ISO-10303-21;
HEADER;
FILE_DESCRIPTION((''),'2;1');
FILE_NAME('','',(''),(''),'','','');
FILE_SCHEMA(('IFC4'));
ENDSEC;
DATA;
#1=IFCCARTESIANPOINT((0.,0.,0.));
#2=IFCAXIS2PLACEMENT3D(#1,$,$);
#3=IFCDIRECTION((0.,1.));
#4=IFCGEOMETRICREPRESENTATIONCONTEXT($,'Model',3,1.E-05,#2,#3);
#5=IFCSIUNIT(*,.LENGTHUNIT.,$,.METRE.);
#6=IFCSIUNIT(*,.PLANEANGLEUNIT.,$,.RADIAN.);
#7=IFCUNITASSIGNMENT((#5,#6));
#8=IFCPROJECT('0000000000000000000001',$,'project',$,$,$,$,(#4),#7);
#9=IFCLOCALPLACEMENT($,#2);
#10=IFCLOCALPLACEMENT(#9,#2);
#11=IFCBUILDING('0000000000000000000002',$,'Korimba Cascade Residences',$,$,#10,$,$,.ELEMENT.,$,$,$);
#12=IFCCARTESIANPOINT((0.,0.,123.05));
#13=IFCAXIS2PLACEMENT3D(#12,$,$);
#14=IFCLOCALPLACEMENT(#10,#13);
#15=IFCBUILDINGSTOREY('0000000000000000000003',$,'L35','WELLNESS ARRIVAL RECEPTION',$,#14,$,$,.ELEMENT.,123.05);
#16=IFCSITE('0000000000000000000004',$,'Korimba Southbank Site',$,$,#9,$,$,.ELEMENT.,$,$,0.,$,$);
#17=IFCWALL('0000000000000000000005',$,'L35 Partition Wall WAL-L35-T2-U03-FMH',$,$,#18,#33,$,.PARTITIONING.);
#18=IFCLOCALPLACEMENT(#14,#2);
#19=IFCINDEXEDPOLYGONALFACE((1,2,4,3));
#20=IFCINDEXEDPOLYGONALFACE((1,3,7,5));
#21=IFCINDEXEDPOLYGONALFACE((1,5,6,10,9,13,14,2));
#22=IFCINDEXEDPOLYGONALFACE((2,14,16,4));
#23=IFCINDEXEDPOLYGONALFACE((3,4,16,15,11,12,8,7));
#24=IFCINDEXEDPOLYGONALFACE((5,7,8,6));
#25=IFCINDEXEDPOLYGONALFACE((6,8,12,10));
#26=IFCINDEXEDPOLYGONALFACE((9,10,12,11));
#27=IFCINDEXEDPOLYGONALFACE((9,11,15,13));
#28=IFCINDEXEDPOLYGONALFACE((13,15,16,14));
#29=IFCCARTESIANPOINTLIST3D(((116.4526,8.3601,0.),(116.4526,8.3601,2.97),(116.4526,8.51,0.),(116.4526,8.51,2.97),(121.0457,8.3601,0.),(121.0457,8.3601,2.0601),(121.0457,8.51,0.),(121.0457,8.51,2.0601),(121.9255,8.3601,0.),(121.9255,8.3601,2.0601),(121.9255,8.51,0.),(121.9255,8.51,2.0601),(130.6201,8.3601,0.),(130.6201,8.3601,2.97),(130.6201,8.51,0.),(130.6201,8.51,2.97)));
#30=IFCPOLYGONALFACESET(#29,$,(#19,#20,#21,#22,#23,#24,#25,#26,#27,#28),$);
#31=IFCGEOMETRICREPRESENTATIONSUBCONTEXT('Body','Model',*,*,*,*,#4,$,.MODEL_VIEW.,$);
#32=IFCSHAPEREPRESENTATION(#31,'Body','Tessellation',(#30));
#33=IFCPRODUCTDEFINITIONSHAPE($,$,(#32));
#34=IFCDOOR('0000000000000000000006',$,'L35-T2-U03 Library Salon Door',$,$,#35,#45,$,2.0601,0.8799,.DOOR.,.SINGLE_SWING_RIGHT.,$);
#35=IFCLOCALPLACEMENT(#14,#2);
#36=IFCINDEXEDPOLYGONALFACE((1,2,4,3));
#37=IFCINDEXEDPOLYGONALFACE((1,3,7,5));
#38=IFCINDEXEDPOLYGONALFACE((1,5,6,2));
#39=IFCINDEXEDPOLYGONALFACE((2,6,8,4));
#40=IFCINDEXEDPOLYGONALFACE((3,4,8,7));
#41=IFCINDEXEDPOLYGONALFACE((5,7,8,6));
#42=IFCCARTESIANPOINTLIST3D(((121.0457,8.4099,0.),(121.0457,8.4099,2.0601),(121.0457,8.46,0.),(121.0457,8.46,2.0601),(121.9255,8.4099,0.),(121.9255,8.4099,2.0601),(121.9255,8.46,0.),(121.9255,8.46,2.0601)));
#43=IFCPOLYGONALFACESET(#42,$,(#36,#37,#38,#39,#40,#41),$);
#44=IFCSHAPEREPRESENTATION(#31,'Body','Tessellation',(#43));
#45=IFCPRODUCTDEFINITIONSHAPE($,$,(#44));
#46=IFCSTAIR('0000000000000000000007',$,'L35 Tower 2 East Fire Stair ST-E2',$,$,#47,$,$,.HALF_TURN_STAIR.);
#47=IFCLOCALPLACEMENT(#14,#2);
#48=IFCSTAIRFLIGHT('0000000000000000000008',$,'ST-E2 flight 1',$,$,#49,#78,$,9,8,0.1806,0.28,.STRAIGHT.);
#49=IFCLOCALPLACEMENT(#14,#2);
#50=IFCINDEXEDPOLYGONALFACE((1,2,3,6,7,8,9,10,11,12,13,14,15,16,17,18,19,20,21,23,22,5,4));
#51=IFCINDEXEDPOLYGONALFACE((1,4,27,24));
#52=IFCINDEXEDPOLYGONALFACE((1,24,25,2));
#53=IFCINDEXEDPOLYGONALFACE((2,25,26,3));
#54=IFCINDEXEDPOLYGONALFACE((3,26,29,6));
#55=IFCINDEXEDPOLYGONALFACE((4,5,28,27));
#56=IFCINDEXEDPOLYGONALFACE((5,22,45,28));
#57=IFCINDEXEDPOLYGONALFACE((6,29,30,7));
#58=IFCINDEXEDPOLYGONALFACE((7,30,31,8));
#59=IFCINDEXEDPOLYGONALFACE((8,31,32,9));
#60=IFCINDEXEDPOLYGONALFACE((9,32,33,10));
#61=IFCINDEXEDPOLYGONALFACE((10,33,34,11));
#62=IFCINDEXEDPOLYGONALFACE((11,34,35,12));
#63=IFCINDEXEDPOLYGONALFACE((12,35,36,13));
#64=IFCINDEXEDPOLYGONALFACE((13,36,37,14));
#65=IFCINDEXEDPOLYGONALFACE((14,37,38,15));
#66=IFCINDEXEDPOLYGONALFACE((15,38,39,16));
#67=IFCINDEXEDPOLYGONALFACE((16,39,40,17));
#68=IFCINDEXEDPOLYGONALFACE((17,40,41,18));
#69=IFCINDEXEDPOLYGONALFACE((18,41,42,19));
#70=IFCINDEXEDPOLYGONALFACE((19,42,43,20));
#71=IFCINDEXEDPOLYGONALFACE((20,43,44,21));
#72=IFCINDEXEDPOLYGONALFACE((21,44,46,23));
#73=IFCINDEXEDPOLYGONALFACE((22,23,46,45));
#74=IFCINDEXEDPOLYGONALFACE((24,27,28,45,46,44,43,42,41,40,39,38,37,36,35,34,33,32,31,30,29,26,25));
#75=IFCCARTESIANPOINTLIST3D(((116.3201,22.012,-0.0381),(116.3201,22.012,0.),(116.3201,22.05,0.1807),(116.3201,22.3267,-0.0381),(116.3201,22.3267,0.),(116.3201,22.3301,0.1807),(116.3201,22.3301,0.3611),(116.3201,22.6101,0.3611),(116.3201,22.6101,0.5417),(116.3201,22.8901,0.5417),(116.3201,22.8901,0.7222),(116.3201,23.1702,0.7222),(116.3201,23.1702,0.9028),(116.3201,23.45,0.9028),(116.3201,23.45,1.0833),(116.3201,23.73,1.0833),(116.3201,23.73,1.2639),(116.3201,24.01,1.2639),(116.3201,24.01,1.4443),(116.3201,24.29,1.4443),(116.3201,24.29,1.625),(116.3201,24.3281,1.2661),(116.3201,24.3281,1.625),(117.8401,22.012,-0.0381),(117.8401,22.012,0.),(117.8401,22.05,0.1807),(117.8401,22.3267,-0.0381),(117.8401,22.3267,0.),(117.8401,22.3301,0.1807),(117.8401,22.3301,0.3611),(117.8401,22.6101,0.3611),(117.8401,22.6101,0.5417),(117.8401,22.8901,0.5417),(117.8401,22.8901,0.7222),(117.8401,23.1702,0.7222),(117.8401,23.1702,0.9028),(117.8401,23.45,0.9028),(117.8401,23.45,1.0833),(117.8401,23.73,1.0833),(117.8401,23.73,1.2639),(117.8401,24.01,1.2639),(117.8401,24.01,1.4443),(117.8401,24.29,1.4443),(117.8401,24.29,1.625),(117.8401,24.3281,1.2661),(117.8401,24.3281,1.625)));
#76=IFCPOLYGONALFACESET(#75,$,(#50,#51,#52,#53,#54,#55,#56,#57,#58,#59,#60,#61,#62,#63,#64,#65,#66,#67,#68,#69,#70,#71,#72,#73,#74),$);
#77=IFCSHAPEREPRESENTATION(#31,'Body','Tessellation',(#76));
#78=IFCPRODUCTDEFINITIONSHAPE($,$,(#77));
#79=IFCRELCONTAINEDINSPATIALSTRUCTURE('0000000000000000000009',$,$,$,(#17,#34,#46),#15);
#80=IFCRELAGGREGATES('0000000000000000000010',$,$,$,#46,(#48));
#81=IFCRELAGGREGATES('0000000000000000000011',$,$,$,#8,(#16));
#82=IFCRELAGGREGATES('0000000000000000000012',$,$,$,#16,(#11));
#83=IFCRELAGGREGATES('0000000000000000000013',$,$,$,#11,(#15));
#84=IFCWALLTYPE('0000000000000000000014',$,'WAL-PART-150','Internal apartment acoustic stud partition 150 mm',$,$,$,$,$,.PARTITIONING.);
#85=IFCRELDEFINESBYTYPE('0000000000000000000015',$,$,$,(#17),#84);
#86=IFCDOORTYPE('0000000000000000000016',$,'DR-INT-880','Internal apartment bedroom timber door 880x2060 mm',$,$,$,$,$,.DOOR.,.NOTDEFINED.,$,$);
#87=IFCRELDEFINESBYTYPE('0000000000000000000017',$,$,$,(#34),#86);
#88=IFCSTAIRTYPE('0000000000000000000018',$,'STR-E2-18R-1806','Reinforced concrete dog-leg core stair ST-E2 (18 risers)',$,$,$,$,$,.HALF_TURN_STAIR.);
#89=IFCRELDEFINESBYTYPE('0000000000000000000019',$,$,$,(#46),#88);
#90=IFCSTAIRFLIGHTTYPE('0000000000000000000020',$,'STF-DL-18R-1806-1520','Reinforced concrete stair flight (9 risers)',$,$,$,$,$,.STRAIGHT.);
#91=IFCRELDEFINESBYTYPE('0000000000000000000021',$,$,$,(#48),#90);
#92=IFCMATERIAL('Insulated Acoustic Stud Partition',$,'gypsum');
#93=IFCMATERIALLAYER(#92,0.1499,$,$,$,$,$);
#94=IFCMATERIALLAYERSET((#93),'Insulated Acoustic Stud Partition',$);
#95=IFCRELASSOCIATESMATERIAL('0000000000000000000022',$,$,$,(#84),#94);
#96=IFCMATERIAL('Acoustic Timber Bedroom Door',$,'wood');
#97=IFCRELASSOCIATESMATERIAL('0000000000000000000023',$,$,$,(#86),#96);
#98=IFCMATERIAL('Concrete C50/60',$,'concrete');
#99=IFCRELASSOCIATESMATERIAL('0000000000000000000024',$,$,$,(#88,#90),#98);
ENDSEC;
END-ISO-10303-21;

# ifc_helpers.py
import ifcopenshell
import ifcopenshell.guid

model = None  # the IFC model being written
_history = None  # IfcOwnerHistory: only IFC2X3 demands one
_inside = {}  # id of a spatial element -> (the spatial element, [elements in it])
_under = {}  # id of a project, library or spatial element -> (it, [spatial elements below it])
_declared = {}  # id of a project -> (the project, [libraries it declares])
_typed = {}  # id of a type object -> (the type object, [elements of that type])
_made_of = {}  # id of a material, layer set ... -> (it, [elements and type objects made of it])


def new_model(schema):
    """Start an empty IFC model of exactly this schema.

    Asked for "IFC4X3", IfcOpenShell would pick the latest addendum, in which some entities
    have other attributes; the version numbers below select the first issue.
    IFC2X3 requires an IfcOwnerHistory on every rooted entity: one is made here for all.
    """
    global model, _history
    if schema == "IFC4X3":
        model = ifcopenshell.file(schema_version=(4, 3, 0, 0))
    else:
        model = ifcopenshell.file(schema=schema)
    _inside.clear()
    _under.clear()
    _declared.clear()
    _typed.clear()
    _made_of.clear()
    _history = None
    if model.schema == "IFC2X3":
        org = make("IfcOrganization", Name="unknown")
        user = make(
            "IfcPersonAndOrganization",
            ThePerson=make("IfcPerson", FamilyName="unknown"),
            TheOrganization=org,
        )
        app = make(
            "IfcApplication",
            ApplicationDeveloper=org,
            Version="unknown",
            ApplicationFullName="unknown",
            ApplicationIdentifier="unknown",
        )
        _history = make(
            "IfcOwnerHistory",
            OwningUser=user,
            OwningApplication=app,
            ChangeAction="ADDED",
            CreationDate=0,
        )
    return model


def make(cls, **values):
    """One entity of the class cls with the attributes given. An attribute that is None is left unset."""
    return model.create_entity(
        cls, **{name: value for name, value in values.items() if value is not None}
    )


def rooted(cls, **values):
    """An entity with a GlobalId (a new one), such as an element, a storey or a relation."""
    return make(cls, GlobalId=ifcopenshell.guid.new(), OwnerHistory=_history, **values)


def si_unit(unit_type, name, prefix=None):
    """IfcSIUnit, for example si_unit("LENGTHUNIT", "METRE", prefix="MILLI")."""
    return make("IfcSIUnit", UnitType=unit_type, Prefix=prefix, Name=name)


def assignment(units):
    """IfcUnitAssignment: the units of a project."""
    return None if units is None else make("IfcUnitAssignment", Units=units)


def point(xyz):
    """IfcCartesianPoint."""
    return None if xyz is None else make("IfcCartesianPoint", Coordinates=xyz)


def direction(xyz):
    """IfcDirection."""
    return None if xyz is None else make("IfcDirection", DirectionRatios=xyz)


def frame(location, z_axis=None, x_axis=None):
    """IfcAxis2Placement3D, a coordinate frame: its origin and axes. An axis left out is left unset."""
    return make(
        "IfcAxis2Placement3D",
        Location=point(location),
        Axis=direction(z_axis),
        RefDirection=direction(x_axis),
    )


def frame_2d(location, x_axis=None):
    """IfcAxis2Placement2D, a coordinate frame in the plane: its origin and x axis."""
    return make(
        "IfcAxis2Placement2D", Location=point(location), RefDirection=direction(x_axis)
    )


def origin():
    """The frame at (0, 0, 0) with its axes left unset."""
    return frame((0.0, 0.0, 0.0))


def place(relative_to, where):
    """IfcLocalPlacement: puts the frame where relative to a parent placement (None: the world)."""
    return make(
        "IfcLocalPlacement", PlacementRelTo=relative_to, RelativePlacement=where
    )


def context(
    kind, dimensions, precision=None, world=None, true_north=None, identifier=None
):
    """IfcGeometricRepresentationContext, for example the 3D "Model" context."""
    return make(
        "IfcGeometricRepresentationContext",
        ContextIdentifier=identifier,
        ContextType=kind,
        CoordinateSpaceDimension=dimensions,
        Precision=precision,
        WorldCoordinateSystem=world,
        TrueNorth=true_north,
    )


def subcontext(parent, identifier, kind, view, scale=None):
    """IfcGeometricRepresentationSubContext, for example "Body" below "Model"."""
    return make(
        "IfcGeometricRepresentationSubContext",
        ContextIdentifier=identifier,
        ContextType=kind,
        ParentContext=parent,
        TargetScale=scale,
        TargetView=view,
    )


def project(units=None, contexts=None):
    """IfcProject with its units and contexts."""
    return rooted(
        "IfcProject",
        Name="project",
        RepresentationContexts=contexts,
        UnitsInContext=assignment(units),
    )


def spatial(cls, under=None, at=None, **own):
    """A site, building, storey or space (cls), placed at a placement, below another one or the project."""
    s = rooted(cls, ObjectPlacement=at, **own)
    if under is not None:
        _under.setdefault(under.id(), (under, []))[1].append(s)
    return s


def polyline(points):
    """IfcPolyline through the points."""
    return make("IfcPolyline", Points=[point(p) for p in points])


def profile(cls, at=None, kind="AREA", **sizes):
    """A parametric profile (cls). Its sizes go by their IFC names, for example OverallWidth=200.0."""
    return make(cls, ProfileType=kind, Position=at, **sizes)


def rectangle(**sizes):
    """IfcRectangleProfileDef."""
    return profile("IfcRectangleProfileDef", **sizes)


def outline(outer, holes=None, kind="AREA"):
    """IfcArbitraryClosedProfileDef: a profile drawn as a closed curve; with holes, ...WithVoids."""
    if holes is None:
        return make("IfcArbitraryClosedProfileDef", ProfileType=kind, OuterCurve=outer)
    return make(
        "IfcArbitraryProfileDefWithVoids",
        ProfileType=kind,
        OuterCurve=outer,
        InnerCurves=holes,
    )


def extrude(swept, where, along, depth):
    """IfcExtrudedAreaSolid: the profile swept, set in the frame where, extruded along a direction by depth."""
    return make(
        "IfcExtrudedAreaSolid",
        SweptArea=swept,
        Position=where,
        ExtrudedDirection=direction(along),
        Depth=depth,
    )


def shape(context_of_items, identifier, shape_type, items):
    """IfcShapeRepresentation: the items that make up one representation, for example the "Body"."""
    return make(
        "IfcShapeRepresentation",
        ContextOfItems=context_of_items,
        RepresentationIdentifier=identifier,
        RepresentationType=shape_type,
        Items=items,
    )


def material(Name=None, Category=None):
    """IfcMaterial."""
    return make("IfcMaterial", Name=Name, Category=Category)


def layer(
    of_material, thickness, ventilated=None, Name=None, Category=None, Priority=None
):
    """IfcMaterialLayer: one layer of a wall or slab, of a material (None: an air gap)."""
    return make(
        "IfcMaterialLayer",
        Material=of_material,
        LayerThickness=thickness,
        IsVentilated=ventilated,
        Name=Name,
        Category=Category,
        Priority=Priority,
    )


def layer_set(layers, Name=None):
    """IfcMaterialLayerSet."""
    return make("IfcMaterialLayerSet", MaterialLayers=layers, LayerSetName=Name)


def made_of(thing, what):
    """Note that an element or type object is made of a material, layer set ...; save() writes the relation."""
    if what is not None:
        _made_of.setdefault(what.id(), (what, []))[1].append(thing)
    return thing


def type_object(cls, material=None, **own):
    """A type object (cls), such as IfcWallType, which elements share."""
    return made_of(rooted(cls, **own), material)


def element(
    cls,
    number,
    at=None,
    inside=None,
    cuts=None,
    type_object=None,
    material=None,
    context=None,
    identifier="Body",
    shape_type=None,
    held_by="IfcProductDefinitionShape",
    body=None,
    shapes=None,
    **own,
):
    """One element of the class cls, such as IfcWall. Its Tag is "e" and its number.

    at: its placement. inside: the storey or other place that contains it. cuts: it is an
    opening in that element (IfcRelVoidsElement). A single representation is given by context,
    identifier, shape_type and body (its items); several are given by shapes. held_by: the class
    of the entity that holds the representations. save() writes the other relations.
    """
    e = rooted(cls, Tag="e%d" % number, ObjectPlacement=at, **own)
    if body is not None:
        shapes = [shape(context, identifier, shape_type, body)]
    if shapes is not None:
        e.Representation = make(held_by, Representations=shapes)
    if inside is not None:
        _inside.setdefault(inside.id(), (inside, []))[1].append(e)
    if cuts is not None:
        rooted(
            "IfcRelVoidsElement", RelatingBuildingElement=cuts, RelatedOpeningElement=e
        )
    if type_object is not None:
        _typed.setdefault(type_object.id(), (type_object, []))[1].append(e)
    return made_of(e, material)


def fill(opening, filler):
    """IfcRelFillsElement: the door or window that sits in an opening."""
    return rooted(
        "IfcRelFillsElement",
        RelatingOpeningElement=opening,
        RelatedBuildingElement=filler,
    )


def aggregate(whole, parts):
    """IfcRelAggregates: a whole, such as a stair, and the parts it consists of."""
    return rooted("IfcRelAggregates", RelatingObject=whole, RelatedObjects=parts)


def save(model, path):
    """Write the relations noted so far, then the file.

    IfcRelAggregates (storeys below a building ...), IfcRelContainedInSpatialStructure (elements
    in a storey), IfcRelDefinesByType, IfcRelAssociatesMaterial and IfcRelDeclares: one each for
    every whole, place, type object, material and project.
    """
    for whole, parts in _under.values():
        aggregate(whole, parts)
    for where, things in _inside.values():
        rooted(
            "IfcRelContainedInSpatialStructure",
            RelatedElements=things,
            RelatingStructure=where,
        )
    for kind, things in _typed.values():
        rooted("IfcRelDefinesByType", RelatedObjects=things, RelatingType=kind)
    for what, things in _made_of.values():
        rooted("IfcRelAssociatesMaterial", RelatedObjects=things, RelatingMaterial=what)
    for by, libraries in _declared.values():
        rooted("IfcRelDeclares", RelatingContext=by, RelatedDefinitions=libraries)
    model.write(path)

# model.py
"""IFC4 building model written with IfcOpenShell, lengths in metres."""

from ifc_helpers import new_model, si_unit, direction, frame, frame_2d, origin, place, context, subcontext, project, spatial, polyline, rectangle, outline, extrude, material, layer, layer_set, type_object, element, fill, aggregate, save


model = new_model("IFC4")

# Units and contexts
model_context = context("Model", 3, precision=1e-05, world=origin(), true_north=direction((0.0, 1.0)))
body_context = subcontext(model_context, "Body", "Model", "MODEL_VIEW")
ifc_project = project(units=[si_unit("LENGTHUNIT", "METRE"), si_unit("PLANEANGLEUNIT", "RADIAN")], contexts=[model_context])

# Site, building, storey
site_placement = place(None, origin())
site = spatial("IfcSite", under=ifc_project, at=site_placement, Name="Korimba Southbank Site", CompositionType="ELEMENT", RefElevation=0.0)
building_placement = place(site_placement, origin())
building = spatial("IfcBuilding", under=site, at=building_placement, Name="Korimba Cascade Residences", CompositionType="ELEMENT")
storey_placement = place(building_placement, frame((0.0, 0.0, 123.05)))
storey = spatial("IfcBuildingStorey", under=building, at=storey_placement, Name="L35", Description="WELLNESS ARRIVAL RECEPTION", CompositionType="ELEMENT", Elevation=123.05)

# Shared definitions
ifc_material_1 = material(Name="Insulated Acoustic Stud Partition", Category="gypsum")
ifc_layer_1 = layer(ifc_material_1, 0.1499)
ifc_layer_set_1 = layer_set([ifc_layer_1], Name="Insulated Acoustic Stud Partition")
wall_type_1 = type_object("IfcWallType", Name="WAL-PART-150", Description="Internal apartment acoustic stud partition 150 mm", PredefinedType="PARTITIONING", material=ifc_layer_set_1)
ifc_material_2 = material(Name="Acoustic Timber Bedroom Door", Category="wood")
door_type_1 = type_object("IfcDoorType", Name="DR-INT-880", Description="Internal apartment bedroom timber door 880x2060 mm", OperationType="NOTDEFINED", PredefinedType="DOOR", material=ifc_material_2)

# Wall, opening, door
wall_1_placement = place(storey_placement, frame((116.4526, 8.4351, 0.0), z_axis=(0.0, 0.0, 1.0), x_axis=(1.0, 0.0, 0.0)))
wall_1 = element("IfcWall", 1, at=wall_1_placement, inside=storey, type_object=wall_type_1, Name="L35 Partition Wall WAL-L35-T2-U03-FMH", PredefinedType="PARTITIONING", context=body_context, shape_type="SweptSolid", body=[
    extrude(rectangle(XDim=14.1675, YDim=0.1499, at=frame_2d((7.0837, 0.0))), origin(), (0.0, 0.0, 1.0), 2.97),
])
opening_1_placement = place(wall_1_placement, frame((4.593, 0.0, 0.0)))
opening_1 = element("IfcOpeningElement", 2, at=opening_1_placement, cuts=wall_1, PredefinedType="OPENING", context=body_context, shape_type="SweptSolid", body=[
    extrude(rectangle(XDim=0.8799, YDim=2.0601, at=frame_2d((0.4399, 1.03))), frame((0.0, 0.085, 0.0), z_axis=(0.0, -1.0, 0.0), x_axis=(1.0, 0.0, 0.0)), (0.0, 0.0, 1.0), 0.1699),
])
door_1_placement = place(opening_1_placement, origin())
door_1 = element("IfcDoor", 3, at=door_1_placement, inside=storey, type_object=door_type_1, Name="L35-T2-U03 Library Salon Door", OperationType="SINGLE_SWING_RIGHT", OverallHeight=2.0601, OverallWidth=0.8799, PredefinedType="DOOR", context=body_context, shape_type="SweptSolid", body=[
    extrude(rectangle(XDim=0.8799, YDim=2.0601, at=frame_2d((0.4399, 1.03))), frame((0.0, 0.0249, 0.0), z_axis=(0.0, -1.0, 0.0), x_axis=(1.0, 0.0, 0.0)), (0.0, 0.0, 1.0), 0.05),
])
fill(opening_1, door_1)

# Stair, stair flight
ifc_material_3 = material(Name="Concrete C50/60", Category="concrete")
stair_type = type_object("IfcStairType", Name="STR-E2-18R-1806", Description="Reinforced concrete dog-leg core stair ST-E2 (18 risers)", PredefinedType="HALF_TURN_STAIR", material=ifc_material_3)
stair_placement = place(storey_placement, origin())
stair = element("IfcStair", 4, at=stair_placement, inside=storey, type_object=stair_type, Name="L35 Tower 2 East Fire Stair ST-E2", PredefinedType="HALF_TURN_STAIR")
stair_flight_type = type_object("IfcStairFlightType", Name="STF-DL-18R-1806-1520", Description="Reinforced concrete stair flight (9 risers)", PredefinedType="STRAIGHT", material=ifc_material_3)
stair_flight_placement = place(storey_placement, frame((117.0801, 22.05, 0.0), z_axis=(0.0, 0.0, 1.0), x_axis=(0.0, 1.0, 0.0)))
stair_flight = element("IfcStairFlight", 5, at=stair_flight_placement, type_object=stair_flight_type, Name="ST-E2 flight 1", NumberOfRisers=9, NumberOfTreads=8, PredefinedType="STRAIGHT", RiserHeight=0.1806, TreadLength=0.28, context=body_context, shape_type="SweptSolid", body=[
    extrude(outline(polyline([(-0.0381, 0.0), (0.0, 0.1807), (0.28, 0.1807), (0.28, 0.3611), (0.5601, 0.3611), (0.5601, 0.5417), (0.8401, 0.5417), (0.8401, 0.7222), (1.1201, 0.7222), (1.1201, 0.9028), (1.3999, 0.9028), (1.3999, 1.0833), (1.6799, 1.0833), (1.6799, 1.2639), (1.96, 1.2639), (1.96, 1.4443), (2.24, 1.4443), (2.24, 1.625), (2.2781, 1.625), (2.2781, 1.2661), (0.2766, 0.0), (0.2766, -0.0381), (-0.0381, -0.0381), (-0.0381, 0.0)])), frame((0.0, 0.76, 0.0), z_axis=(0.0, -1.0, 0.0), x_axis=(1.0, 0.0, 0.0)), (0.0, 0.0, 1.0), 1.52),
])
aggregate(stair, [stair_flight])

save(model, "model.ifc")
